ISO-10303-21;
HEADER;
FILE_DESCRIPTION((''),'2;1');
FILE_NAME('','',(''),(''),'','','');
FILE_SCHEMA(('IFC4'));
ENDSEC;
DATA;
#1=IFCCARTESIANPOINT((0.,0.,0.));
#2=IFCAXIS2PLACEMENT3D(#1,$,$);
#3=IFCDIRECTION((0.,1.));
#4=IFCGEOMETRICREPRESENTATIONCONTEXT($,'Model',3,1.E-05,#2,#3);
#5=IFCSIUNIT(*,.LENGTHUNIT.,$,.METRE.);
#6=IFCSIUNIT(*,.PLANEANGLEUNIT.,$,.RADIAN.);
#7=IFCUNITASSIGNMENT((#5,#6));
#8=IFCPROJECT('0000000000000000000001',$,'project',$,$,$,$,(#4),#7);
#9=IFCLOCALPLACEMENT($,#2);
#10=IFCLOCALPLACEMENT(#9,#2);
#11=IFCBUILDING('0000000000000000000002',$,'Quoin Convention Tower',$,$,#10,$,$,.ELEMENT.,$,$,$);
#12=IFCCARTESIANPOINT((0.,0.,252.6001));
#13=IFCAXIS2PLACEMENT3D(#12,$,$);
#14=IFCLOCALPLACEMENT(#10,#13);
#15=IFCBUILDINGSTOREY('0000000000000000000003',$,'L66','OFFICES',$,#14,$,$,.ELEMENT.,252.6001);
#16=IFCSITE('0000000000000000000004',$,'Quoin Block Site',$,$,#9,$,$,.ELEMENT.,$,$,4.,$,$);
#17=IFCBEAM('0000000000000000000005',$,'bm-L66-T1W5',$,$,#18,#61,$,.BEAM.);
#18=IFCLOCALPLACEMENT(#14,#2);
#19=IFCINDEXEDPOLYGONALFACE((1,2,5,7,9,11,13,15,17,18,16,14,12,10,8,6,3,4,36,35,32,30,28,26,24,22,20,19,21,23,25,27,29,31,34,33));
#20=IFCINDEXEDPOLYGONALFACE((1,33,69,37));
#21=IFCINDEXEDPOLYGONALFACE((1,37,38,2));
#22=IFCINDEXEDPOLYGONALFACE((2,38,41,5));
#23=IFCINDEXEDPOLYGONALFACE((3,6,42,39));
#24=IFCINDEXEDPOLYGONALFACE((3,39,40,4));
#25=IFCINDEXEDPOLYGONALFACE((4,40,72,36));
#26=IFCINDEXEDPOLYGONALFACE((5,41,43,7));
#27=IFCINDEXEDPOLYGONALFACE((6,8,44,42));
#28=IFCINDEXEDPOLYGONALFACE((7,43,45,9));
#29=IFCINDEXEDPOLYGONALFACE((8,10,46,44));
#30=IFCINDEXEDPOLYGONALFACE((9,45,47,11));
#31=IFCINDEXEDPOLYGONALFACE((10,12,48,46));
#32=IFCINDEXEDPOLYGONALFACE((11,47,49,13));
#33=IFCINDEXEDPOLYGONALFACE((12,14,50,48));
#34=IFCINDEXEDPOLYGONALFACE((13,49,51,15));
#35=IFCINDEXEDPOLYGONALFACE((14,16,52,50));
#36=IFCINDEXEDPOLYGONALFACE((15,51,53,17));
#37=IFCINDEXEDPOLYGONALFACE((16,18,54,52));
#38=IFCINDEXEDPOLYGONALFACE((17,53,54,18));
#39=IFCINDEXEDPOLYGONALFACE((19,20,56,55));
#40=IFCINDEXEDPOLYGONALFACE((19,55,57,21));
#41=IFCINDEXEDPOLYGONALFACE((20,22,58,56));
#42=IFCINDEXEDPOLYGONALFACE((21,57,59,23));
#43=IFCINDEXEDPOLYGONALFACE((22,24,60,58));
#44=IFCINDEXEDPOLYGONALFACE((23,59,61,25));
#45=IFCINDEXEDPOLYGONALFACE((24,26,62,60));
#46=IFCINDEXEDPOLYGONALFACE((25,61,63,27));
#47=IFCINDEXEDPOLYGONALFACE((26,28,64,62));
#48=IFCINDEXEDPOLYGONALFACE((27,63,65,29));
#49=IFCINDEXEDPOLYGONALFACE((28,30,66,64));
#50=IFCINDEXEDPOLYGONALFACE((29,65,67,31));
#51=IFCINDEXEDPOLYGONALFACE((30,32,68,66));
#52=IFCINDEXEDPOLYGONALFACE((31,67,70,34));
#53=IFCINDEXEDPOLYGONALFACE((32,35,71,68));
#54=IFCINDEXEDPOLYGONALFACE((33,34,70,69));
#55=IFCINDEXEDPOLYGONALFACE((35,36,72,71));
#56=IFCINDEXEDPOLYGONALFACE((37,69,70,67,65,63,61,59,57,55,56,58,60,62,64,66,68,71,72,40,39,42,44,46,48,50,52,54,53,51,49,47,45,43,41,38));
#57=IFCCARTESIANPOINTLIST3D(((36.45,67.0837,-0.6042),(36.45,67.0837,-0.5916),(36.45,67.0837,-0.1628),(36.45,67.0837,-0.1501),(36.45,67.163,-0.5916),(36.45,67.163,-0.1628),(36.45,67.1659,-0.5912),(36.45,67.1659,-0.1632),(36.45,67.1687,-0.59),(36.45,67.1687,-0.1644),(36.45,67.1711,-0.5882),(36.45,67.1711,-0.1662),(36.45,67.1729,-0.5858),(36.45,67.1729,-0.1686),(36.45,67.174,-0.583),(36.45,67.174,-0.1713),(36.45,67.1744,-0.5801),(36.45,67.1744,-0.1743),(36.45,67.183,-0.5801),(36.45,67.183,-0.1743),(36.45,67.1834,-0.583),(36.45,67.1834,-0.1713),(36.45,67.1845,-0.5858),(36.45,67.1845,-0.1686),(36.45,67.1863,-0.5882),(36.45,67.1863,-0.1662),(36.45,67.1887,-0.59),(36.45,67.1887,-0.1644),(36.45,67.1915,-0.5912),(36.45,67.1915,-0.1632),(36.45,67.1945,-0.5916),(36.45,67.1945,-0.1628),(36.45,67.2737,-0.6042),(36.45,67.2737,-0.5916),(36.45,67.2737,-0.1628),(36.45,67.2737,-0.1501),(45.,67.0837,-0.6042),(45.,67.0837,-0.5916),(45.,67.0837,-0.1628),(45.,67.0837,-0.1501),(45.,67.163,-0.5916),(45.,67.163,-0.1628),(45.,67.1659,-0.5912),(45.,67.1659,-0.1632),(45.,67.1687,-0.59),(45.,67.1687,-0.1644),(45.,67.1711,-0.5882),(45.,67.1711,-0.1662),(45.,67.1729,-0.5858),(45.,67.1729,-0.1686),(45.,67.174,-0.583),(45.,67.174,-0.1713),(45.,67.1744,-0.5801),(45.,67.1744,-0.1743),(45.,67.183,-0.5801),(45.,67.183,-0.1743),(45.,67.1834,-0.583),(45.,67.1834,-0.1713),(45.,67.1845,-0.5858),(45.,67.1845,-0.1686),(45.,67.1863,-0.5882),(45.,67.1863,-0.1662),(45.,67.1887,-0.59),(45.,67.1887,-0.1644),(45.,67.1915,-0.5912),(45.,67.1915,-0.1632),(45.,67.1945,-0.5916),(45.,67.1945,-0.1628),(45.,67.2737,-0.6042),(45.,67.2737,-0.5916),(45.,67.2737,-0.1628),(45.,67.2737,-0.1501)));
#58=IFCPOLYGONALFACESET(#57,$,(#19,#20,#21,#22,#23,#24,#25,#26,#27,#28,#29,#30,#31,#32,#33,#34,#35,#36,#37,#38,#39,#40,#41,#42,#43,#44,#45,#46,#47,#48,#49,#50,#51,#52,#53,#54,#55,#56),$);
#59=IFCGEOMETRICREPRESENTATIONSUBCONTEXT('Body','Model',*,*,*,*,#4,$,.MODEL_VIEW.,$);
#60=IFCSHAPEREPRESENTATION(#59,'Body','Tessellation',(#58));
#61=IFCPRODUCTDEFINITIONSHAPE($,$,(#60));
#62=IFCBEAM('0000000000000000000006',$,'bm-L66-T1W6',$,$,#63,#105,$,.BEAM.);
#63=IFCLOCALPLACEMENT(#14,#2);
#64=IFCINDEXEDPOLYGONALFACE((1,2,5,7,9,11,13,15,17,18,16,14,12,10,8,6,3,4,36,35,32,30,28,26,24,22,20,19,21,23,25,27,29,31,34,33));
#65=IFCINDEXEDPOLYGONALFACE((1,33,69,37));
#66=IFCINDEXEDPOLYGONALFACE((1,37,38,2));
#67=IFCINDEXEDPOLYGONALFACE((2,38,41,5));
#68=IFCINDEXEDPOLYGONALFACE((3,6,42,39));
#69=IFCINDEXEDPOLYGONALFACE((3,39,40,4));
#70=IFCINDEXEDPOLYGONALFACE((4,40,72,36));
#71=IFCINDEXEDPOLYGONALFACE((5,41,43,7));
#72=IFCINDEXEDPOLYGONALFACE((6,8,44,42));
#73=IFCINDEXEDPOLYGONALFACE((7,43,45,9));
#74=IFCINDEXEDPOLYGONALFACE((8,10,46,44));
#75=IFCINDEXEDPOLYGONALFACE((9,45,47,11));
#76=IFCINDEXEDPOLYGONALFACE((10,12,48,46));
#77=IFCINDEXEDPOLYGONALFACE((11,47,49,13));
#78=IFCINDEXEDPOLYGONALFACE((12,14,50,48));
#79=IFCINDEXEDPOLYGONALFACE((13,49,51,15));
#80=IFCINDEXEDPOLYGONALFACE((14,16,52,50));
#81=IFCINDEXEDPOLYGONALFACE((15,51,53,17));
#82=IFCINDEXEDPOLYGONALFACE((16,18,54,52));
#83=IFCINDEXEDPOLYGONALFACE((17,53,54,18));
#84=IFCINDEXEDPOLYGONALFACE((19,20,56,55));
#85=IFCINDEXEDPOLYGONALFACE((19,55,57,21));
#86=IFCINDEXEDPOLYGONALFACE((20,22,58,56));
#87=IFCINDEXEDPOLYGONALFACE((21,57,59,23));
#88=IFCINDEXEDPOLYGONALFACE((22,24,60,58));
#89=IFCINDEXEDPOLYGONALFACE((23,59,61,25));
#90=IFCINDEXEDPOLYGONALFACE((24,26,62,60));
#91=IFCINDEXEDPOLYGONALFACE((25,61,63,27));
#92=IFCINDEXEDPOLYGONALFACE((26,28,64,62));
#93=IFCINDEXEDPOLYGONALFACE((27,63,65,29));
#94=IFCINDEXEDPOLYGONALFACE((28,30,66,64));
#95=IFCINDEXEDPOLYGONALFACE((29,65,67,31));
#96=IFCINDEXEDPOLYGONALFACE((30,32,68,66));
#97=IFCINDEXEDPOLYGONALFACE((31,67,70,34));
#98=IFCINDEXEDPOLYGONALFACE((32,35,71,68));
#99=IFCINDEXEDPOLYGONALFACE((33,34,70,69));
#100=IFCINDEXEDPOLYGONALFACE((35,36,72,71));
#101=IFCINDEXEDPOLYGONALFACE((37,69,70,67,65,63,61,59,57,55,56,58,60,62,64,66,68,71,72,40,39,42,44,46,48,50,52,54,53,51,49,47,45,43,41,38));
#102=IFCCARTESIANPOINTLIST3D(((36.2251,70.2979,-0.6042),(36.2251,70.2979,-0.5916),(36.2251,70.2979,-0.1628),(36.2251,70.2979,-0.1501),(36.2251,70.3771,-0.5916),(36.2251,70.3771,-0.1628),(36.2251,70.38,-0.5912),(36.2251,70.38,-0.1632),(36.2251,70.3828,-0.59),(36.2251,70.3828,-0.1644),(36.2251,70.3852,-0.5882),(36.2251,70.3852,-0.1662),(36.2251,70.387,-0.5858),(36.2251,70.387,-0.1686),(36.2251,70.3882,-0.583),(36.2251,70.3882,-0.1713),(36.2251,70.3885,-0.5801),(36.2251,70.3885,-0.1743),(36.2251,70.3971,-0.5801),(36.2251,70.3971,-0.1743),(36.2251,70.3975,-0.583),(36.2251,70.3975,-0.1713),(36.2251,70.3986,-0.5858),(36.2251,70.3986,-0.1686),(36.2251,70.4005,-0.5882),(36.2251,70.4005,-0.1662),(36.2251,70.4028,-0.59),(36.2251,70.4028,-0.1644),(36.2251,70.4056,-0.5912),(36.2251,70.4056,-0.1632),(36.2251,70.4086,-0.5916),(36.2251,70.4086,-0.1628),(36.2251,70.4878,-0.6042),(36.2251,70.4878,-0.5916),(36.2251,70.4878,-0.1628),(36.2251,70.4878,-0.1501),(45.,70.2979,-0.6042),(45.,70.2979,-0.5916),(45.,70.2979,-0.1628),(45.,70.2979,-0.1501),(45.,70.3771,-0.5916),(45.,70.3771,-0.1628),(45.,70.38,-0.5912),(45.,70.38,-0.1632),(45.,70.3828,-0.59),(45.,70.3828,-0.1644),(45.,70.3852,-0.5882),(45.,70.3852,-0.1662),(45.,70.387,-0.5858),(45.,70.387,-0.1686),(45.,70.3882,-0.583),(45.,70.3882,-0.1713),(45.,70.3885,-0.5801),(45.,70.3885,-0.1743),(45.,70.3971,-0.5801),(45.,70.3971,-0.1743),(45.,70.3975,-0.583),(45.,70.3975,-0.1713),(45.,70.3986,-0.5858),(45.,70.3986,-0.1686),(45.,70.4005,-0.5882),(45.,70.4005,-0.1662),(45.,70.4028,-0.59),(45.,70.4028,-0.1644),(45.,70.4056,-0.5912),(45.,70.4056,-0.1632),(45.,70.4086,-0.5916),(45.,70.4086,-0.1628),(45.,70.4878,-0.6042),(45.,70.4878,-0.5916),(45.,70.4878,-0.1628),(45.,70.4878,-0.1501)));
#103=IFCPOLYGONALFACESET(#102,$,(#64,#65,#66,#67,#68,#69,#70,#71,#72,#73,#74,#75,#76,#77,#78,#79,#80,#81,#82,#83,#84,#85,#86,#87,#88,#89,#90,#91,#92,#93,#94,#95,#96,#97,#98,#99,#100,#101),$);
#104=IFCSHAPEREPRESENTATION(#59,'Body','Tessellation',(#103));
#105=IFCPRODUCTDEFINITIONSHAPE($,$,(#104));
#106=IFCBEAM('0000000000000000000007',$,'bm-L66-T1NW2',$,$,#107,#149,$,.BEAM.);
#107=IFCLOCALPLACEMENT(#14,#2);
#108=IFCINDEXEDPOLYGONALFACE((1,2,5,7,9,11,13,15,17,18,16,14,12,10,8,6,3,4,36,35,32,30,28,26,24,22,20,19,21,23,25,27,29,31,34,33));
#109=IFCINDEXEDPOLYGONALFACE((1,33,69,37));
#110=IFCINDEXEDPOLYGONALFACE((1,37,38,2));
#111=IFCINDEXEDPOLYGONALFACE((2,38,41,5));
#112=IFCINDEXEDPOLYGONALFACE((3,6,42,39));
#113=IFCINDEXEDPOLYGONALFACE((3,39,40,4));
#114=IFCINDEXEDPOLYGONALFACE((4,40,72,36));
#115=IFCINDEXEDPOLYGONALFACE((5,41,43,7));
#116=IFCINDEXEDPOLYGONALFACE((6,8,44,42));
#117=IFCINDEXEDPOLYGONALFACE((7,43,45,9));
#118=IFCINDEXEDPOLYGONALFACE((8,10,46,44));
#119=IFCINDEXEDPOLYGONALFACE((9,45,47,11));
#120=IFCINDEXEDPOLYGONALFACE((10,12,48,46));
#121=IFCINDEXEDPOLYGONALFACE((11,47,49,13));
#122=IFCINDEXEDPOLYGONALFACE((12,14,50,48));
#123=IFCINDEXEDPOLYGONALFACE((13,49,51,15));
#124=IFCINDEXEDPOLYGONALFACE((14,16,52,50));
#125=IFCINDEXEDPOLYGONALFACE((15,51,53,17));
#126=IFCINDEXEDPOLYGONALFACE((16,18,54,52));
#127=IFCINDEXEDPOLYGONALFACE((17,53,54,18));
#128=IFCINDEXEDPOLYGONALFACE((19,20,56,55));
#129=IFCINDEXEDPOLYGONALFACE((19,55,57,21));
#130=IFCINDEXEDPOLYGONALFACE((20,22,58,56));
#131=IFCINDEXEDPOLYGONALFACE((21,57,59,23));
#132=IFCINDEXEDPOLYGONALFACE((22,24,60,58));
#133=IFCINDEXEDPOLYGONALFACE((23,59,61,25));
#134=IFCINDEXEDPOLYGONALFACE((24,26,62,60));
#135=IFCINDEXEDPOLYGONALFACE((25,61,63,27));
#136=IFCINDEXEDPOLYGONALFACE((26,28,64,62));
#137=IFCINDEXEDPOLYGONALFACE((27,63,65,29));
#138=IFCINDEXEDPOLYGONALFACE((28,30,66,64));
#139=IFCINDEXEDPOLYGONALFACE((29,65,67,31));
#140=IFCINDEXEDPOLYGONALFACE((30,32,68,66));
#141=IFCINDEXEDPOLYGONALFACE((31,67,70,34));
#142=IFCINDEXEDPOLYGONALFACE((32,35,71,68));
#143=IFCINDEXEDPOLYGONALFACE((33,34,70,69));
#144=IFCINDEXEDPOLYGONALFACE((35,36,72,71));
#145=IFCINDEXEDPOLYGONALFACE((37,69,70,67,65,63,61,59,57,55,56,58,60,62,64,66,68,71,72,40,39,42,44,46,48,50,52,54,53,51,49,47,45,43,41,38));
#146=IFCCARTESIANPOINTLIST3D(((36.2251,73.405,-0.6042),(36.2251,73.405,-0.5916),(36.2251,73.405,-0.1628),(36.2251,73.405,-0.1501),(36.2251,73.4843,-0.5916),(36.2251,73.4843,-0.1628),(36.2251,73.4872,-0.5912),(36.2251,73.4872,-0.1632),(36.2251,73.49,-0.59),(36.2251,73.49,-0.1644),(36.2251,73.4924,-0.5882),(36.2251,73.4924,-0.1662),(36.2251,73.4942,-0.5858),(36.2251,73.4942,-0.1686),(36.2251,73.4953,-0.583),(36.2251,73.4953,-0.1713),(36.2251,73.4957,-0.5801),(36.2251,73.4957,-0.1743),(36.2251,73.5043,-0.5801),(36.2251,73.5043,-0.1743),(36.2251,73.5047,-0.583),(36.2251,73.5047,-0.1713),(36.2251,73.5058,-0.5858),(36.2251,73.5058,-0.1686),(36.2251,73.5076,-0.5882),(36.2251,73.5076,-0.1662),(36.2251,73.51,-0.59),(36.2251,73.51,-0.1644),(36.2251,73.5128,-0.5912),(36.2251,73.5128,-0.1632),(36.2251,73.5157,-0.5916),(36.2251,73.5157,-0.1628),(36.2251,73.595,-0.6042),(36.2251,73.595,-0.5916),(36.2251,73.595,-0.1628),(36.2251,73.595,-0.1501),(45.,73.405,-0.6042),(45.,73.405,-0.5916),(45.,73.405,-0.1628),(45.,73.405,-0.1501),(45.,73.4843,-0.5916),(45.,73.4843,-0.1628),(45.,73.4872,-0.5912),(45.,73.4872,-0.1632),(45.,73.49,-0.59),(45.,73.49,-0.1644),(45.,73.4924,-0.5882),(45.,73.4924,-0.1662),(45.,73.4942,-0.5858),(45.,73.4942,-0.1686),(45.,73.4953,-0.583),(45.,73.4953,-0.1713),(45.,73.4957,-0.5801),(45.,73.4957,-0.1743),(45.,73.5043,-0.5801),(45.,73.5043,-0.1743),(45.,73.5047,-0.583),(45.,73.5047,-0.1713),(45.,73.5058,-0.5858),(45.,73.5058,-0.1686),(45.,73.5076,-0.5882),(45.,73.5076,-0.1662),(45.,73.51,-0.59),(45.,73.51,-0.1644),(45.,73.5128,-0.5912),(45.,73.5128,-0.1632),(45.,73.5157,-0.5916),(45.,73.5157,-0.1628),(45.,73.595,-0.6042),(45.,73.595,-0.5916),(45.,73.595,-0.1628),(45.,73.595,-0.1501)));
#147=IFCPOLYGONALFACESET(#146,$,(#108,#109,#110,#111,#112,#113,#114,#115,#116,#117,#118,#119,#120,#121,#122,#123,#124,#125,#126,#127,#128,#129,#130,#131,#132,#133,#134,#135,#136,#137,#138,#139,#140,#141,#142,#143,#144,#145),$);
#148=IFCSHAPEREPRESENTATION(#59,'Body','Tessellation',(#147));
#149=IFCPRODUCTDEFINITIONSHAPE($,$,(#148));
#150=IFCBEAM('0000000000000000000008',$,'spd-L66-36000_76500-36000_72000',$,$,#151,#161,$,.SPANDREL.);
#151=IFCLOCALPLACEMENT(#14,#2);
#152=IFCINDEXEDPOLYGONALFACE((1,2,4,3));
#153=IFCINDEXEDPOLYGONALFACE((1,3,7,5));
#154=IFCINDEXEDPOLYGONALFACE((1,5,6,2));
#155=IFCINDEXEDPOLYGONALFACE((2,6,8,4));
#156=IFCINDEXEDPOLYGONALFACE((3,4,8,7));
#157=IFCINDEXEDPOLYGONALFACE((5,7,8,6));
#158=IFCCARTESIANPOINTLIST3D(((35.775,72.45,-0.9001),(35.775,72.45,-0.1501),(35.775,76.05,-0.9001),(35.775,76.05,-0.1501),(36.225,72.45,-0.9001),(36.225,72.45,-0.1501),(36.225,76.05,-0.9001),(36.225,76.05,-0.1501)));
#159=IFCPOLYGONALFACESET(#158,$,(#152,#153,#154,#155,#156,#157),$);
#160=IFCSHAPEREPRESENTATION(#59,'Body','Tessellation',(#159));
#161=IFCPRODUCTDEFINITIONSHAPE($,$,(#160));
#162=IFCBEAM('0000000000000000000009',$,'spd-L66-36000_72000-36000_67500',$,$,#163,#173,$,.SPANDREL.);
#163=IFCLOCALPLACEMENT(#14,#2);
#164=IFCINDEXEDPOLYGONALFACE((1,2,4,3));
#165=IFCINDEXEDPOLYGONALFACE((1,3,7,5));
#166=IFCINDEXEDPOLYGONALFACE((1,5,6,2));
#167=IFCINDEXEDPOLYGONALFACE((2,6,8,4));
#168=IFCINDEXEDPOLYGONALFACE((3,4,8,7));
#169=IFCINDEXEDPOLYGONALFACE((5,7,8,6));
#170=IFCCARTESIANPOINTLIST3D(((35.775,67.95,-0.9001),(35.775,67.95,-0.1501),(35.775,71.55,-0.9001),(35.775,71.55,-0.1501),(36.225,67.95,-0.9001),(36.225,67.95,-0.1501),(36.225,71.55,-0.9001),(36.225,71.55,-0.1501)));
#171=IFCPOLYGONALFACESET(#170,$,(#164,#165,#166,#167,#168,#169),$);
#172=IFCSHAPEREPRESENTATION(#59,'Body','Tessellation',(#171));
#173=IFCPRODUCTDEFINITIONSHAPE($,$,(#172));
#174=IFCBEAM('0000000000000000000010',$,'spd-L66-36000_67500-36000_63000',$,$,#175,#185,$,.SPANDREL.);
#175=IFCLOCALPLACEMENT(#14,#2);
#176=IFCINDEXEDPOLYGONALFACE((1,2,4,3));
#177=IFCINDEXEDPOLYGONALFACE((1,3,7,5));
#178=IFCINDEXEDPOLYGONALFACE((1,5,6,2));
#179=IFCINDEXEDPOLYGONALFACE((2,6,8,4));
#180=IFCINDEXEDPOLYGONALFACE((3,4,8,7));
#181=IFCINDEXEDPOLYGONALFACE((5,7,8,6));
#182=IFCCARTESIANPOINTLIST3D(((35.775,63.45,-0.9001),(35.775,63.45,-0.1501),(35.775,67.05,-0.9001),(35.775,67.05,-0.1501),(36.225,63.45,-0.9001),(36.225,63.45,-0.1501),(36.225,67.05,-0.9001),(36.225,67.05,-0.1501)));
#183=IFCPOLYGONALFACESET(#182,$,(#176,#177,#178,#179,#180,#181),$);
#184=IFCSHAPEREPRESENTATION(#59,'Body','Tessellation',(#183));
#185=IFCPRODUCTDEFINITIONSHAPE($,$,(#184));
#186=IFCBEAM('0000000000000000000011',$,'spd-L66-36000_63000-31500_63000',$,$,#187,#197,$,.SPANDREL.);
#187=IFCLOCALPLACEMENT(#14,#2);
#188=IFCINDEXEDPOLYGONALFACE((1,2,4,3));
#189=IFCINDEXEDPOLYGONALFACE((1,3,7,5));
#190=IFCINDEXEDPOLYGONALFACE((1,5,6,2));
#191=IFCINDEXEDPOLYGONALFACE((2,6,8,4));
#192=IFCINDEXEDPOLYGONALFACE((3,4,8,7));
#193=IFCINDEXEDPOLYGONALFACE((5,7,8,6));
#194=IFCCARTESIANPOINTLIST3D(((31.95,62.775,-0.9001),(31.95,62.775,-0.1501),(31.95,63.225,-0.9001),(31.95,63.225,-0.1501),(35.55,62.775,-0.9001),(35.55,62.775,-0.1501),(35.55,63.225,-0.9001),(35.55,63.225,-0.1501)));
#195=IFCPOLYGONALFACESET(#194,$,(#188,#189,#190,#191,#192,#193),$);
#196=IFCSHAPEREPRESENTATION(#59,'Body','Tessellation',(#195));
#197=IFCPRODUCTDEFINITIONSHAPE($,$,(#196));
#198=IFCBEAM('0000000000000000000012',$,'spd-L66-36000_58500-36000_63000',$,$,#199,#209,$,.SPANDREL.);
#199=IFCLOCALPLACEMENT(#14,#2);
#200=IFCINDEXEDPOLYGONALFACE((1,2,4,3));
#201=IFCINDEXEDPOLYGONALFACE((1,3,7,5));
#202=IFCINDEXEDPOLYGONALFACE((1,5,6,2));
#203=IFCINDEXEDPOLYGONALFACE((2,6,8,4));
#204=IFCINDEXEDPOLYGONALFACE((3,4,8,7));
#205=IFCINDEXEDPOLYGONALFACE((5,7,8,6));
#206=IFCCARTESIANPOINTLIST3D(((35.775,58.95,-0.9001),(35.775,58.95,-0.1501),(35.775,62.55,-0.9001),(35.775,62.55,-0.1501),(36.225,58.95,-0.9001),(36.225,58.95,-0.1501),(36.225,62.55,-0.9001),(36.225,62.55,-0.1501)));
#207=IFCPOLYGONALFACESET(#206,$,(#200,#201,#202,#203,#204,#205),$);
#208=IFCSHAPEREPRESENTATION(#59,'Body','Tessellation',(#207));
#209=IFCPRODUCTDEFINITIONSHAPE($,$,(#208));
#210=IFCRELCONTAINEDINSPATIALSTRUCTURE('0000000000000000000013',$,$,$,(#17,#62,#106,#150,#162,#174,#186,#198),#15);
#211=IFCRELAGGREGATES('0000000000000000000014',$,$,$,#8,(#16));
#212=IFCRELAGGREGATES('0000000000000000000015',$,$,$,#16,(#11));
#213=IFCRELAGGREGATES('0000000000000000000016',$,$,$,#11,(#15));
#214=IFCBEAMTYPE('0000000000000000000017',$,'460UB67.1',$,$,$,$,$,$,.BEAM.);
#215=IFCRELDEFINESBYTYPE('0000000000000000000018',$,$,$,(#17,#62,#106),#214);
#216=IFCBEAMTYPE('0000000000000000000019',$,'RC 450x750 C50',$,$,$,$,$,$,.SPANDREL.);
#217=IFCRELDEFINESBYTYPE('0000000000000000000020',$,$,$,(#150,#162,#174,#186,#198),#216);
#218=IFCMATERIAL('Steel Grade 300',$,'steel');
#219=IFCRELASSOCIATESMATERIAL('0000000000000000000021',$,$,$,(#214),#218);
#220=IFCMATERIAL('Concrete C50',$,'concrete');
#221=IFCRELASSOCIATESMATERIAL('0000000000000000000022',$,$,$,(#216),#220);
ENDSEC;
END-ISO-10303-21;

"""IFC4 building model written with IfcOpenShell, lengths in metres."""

from ifc_helpers import new_model, si_unit, direction, frame, origin, origin_2d, place, context, subcontext, project, spatial, rectangle, i_section, extrude, material, material_profile, profile_set, type_object, element, save


model = new_model("IFC4")

# Units and contexts
model_context = context("Model", 3, precision=1e-05, world=origin(), true_north=direction((0.0, 1.0)))
body_context = subcontext(model_context, "Body", "Model", "MODEL_VIEW")
ifc_project = project(units=[si_unit("LENGTHUNIT", "METRE"), si_unit("PLANEANGLEUNIT", "RADIAN")], contexts=[model_context])

# Site, building, storey
site_placement = place(None, origin())
site = spatial("IfcSite", under=ifc_project, at=site_placement, Name="Quoin Block Site", CompositionType="ELEMENT", RefElevation=4.0)
building_placement = place(site_placement, origin())
building = spatial("IfcBuilding", under=site, at=building_placement, Name="Quoin Convention Tower", CompositionType="ELEMENT")
storey_placement = place(building_placement, frame((0.0, 0.0, 252.6001)))
storey = spatial("IfcBuildingStorey", under=building, at=storey_placement, Name="L66", Description="OFFICES", CompositionType="ELEMENT", Elevation=252.6001)

# Shared definitions
ifc_material_1 = material(Name="Concrete C50", Category="concrete")

# Beams
ifc_material_2 = material(Name="Steel Grade 300", Category="steel")
ifc_material_profile_1 = material_profile(ifc_material_2, i_section(OverallWidth=0.1899, OverallDepth=0.4541, WebThickness=0.0085, FlangeThickness=0.0127, FilletRadius=0.0115, at=origin_2d()), Name="460UB67.1")
ifc_profile_set_1 = profile_set([ifc_material_profile_1], Name="Steel Grade 300")
beam_type_1 = type_object("IfcBeamType", Name="460UB67.1", PredefinedType="BEAM", material=ifc_profile_set_1)
beam_placement = place(storey_placement, frame((36.45, 67.1787, -0.3772), z_axis=(1.0, 0.0, 0.0), x_axis=(0.0, 1.0, 0.0)))
element("IfcBeam", 1, at=beam_placement, inside=storey, type_object=beam_type_1, Name="bm-L66-T1W5", PredefinedType="BEAM", context=body_context, shape_type="SweptSolid", body=[
    extrude(i_section(OverallWidth=0.1899, OverallDepth=0.4541, WebThickness=0.0085, FlangeThickness=0.0127, FilletRadius=0.0115, at=origin_2d()), origin(), (0.0, 0.0, 1.0), 8.55),
])
for number, where, z_axis, x_axis, name in (
    (2, (36.2251, 70.3928, -0.3772), (1.0, 0.0, 0.0), (0.0, 1.0, 0.0), "bm-L66-T1W6"),
    (3, (36.2251, 73.5, -0.3772), (1.0, 0.0, 0.0), (0.0, 1.0, 0.0), "bm-L66-T1NW2"),
):
    element("IfcBeam", number, at=place(storey_placement, frame(where, z_axis=z_axis, x_axis=x_axis)), inside=storey, type_object=beam_type_1, Name=name, PredefinedType="BEAM", context=body_context, shape_type="SweptSolid", body=[
        extrude(i_section(OverallWidth=0.1899, OverallDepth=0.4541, WebThickness=0.0085, FlangeThickness=0.0127, FilletRadius=0.0115, at=origin_2d()), origin(), (0.0, 0.0, 1.0), 8.7749),
    ])
ifc_material_profile_2 = material_profile(ifc_material_1, rectangle(XDim=0.45, YDim=0.75, at=origin_2d()), Name="RC 450x750")
ifc_profile_set_2 = profile_set([ifc_material_profile_2], Name="Concrete C50")
beam_type_2 = type_object("IfcBeamType", Name="RC 450x750 C50", PredefinedType="SPANDREL", material=ifc_profile_set_2)
for number, where, z_axis, x_axis, name in (
    (4, (36.0, 76.05, -0.5251), (0.0, -1.0, 0.0), (1.0, 0.0, 0.0), "spd-L66-36000_76500-36000_72000"),
    (5, (36.0, 71.55, -0.5251), (0.0, -1.0, 0.0), (1.0, 0.0, 0.0), "spd-L66-36000_72000-36000_67500"),
    (6, (36.0, 67.05, -0.5251), (0.0, -1.0, 0.0), (1.0, 0.0, 0.0), "spd-L66-36000_67500-36000_63000"),
    (7, (35.55, 63.0, -0.5251), (-1.0, 0.0, 0.0), (0.0, -1.0, 0.0), "spd-L66-36000_63000-31500_63000"),
    (8, (36.0, 58.95, -0.5251), (0.0, 1.0, 0.0), (-1.0, 0.0, 0.0), "spd-L66-36000_58500-36000_63000"),
):
    element("IfcBeam", number, at=place(storey_placement, frame(where, z_axis=z_axis, x_axis=x_axis)), inside=storey, type_object=beam_type_2, Name=name, PredefinedType="SPANDREL", context=body_context, shape_type="SweptSolid", body=[
        extrude(rectangle(XDim=0.45, YDim=0.75, at=origin_2d()), origin(), (0.0, 0.0, 1.0), 3.6001),
    ])

save(model, "model.ifc")
